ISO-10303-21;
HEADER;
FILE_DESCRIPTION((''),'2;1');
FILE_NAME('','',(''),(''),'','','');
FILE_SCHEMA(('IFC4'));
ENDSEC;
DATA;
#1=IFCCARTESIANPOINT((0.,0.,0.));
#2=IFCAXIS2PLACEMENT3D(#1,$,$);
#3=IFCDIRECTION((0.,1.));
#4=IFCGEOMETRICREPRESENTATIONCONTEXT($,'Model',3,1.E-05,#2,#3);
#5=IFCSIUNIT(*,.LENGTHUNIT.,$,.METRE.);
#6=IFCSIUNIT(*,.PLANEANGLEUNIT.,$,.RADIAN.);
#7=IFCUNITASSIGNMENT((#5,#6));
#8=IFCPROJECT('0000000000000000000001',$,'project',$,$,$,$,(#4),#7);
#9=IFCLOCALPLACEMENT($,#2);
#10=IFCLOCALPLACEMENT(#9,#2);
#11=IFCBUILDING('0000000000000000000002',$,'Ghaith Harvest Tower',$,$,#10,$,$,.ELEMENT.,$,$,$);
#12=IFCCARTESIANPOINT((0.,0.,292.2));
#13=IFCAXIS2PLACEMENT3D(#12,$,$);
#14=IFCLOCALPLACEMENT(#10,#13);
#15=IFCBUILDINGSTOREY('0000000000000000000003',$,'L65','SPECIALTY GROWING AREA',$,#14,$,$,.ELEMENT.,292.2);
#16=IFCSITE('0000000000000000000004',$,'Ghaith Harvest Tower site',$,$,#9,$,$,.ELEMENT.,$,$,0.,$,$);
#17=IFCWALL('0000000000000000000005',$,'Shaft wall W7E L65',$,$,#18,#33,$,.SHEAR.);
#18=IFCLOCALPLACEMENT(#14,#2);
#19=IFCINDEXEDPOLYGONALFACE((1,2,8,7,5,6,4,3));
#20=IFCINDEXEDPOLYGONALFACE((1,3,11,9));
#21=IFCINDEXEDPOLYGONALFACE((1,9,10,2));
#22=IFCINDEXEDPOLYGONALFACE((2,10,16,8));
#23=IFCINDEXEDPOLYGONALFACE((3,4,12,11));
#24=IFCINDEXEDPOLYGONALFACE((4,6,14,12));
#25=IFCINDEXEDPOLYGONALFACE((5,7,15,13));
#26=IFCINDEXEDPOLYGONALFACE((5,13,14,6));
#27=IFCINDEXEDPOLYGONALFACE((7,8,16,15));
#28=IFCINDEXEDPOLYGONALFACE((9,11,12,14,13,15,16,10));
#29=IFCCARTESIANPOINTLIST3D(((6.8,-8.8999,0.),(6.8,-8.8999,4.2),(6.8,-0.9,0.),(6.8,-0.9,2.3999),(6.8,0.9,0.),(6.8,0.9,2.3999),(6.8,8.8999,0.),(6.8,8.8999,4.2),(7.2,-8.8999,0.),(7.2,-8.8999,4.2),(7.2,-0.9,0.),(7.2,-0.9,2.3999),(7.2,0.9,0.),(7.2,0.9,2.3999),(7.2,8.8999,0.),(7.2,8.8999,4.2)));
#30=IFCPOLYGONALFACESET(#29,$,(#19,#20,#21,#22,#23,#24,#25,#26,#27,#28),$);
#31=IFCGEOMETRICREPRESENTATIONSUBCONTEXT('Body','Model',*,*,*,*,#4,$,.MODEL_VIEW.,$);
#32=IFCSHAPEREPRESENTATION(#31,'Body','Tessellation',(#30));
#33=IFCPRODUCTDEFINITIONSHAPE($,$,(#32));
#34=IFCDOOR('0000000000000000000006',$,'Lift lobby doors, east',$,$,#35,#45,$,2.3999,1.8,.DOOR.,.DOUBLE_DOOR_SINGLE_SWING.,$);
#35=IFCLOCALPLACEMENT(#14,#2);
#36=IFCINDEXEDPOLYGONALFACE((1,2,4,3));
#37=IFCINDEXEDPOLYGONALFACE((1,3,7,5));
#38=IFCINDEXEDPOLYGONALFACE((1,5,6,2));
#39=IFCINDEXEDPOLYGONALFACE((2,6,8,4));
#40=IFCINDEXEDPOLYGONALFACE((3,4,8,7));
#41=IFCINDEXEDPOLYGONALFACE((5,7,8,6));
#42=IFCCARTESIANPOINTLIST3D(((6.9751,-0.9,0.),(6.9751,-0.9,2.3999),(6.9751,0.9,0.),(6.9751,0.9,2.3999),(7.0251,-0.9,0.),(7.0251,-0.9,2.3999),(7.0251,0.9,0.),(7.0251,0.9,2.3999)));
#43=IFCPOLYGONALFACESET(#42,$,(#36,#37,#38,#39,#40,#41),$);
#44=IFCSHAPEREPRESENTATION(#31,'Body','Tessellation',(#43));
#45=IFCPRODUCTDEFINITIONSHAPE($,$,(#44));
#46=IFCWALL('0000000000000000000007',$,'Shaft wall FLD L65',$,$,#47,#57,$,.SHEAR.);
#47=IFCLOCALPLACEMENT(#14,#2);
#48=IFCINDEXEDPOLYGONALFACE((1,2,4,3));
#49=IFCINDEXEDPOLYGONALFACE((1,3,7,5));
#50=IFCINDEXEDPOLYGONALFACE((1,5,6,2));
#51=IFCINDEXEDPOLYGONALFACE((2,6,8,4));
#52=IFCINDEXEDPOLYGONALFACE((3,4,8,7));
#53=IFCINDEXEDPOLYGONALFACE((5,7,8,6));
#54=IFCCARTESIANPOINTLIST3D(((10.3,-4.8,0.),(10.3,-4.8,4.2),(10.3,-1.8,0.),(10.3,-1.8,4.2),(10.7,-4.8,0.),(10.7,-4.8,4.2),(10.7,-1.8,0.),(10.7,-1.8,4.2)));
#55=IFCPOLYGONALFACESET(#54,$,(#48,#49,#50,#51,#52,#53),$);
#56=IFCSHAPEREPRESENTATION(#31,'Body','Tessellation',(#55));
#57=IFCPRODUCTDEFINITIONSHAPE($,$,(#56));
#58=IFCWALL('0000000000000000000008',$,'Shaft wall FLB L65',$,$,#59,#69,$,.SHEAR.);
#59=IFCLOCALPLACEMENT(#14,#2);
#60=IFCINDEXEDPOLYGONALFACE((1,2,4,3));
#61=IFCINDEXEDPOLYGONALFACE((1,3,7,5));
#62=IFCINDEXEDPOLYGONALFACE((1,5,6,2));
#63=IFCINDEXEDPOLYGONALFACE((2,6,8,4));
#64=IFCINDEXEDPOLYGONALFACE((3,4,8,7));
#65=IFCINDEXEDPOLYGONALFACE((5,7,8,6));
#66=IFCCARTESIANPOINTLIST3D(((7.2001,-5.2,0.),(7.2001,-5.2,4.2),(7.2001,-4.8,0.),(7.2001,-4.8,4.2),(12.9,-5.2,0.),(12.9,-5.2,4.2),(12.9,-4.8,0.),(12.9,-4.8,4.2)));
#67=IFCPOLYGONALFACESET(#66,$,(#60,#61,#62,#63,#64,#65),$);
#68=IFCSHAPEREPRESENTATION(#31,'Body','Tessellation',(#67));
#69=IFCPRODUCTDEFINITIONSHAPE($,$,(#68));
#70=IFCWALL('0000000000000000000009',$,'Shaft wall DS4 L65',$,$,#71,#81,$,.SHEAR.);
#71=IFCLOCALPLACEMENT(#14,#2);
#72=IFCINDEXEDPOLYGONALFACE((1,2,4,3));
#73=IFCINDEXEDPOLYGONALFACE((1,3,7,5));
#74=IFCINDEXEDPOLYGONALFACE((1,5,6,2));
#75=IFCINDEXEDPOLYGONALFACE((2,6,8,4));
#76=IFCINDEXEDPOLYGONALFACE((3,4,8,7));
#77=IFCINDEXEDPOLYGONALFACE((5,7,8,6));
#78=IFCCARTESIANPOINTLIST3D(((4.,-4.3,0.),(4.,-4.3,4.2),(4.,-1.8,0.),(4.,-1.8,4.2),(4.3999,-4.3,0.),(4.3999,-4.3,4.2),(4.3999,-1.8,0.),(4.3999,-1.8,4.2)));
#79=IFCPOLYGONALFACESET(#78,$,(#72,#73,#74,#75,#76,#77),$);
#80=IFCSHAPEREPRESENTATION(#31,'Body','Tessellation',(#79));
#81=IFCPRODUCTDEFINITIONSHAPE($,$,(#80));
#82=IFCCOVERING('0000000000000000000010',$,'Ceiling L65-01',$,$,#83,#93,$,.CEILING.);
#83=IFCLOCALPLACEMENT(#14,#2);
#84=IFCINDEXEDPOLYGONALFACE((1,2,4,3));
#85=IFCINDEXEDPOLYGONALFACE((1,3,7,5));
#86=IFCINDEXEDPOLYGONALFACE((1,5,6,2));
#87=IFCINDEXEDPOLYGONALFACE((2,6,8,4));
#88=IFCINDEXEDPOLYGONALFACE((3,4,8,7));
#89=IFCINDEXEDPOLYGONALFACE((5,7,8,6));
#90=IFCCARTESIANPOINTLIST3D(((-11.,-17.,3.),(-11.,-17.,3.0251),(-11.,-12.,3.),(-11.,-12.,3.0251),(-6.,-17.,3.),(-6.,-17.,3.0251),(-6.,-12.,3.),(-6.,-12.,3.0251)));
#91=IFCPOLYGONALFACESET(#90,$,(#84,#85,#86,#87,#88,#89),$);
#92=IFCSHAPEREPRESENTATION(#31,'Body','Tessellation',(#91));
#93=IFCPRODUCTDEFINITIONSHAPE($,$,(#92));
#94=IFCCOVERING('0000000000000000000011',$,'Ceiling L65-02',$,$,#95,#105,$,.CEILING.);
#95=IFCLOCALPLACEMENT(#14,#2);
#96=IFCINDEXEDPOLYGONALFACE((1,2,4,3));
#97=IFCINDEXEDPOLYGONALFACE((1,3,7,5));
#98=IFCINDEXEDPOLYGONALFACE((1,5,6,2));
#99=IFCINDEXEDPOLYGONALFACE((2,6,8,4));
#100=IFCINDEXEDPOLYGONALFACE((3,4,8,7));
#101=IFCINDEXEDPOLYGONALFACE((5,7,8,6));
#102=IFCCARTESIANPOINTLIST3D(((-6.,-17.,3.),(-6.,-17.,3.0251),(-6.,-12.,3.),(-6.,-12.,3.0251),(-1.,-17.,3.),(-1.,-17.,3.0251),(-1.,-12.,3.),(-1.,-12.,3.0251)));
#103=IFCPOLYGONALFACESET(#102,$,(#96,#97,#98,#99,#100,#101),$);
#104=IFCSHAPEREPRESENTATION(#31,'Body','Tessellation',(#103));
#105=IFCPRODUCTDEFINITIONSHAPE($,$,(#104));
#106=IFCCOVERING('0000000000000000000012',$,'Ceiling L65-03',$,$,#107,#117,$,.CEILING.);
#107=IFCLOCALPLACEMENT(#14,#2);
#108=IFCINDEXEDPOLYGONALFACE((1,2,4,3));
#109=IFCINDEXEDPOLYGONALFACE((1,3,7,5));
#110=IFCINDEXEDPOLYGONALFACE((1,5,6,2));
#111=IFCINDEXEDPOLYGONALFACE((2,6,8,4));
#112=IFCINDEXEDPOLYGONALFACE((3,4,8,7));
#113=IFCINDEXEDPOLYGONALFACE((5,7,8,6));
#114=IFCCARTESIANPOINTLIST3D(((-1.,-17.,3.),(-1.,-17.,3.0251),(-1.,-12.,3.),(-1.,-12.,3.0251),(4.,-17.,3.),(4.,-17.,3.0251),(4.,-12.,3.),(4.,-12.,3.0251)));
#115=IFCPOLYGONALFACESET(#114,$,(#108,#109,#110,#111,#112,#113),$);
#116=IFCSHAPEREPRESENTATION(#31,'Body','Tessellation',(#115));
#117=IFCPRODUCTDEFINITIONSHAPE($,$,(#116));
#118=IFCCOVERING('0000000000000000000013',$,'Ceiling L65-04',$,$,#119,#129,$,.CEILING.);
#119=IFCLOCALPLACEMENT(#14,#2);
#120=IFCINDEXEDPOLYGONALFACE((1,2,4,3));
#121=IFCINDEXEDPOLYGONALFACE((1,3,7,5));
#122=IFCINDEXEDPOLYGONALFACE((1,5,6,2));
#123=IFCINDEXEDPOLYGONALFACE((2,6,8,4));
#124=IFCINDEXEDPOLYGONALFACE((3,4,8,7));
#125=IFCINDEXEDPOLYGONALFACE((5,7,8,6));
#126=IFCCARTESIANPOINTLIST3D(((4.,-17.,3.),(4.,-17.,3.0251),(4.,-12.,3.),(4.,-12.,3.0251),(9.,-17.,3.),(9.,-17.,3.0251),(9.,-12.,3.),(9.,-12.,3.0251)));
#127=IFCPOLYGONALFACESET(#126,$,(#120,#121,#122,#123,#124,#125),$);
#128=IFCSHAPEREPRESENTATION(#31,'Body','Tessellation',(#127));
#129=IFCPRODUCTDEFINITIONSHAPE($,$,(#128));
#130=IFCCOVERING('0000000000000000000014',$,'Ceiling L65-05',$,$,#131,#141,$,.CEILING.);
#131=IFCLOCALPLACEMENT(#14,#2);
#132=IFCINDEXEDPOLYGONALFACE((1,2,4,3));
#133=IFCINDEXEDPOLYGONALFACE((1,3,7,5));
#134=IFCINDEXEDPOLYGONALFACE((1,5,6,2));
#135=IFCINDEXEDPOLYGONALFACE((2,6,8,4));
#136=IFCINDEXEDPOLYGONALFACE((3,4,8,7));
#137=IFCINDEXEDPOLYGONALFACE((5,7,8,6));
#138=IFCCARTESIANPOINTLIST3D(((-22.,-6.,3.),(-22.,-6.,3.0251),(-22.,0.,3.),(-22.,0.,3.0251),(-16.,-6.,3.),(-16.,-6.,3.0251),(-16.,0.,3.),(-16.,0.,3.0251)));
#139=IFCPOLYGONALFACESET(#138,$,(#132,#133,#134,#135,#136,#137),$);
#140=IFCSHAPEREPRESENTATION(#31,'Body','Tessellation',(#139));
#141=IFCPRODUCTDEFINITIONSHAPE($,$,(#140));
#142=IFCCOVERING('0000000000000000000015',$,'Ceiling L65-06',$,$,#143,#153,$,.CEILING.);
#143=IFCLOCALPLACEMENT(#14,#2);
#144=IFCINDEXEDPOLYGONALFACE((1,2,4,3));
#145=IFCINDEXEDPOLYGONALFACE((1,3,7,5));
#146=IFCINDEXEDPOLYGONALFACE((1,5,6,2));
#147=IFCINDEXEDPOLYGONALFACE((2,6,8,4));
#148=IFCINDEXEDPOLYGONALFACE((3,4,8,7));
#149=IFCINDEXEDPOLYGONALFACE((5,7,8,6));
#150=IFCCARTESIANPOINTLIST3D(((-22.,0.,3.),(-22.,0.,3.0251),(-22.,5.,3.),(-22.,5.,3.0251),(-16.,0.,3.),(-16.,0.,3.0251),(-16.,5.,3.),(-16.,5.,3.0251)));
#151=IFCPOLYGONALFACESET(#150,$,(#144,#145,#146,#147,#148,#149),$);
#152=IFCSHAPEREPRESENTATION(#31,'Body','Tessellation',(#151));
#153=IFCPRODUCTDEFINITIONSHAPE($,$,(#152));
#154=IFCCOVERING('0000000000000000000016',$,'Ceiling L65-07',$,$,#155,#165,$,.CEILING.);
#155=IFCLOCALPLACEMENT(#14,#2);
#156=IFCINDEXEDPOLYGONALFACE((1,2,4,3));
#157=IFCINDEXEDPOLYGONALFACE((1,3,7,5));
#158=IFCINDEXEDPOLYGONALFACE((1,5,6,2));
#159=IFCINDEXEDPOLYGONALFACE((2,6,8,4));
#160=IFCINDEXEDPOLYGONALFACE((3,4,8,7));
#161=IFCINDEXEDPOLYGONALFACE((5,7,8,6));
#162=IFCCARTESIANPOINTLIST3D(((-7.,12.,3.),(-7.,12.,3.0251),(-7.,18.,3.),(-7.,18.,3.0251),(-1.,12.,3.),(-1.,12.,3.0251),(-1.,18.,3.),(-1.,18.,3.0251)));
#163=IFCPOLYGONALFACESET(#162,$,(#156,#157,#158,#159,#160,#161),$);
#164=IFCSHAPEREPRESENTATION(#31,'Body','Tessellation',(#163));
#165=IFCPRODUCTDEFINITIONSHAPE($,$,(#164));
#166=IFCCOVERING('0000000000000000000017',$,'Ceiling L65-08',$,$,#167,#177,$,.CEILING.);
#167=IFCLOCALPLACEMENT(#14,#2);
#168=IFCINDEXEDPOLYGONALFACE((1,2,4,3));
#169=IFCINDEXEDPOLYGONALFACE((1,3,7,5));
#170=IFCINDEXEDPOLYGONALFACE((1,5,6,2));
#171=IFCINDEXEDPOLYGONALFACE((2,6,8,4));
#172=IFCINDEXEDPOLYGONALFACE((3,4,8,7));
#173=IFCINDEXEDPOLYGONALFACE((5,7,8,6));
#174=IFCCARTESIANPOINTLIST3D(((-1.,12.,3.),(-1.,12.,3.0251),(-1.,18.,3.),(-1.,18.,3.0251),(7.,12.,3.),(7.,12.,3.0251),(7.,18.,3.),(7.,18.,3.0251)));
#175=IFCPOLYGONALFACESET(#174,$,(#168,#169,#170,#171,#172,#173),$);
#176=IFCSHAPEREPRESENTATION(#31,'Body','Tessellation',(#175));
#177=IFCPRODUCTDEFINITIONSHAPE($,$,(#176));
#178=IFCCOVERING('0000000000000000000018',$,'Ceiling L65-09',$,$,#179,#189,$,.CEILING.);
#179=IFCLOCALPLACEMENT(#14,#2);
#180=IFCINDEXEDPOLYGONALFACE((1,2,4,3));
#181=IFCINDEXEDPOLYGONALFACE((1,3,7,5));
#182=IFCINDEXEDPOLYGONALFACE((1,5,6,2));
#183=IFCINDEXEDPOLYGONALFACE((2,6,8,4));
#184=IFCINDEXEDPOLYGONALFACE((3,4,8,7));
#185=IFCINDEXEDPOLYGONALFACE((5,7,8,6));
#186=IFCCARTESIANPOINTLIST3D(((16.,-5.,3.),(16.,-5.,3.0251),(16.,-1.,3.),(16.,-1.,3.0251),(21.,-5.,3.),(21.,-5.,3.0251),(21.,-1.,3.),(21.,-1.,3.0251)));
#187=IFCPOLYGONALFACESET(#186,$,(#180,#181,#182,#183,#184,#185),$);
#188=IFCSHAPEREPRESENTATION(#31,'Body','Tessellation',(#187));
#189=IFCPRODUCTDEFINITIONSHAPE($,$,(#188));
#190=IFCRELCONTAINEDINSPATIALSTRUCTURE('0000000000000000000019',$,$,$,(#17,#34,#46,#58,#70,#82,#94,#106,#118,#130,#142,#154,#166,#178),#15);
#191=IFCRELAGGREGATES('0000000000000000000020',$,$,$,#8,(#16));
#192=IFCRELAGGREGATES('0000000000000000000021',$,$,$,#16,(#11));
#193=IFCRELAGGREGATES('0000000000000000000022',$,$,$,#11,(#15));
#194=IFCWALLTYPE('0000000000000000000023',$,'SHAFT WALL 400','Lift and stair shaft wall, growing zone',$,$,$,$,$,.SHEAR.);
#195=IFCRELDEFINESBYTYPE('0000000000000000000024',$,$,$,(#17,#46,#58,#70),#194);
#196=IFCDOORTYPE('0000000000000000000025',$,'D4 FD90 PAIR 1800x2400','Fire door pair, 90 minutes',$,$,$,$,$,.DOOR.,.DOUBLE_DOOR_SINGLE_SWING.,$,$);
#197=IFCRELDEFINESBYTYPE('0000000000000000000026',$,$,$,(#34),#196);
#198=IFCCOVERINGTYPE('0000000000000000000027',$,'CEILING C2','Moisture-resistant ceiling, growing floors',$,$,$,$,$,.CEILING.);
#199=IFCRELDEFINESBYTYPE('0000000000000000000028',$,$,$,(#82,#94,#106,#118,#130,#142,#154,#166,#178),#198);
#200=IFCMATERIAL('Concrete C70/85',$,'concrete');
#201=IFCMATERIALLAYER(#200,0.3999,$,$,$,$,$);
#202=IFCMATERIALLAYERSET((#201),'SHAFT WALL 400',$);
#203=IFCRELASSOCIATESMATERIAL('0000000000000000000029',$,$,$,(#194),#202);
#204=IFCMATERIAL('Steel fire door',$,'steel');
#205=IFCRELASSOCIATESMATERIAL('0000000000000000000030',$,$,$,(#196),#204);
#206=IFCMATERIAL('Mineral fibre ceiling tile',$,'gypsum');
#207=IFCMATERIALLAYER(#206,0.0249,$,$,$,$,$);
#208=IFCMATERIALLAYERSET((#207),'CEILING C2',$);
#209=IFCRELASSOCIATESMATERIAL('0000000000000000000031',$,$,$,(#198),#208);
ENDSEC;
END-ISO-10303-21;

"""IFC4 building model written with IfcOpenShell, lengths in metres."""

from ifc_helpers import new_model, si_unit, direction, frame, frame_2d, origin, place, context, subcontext, project, spatial, polyline, rectangle, outline, extrude, material, layer, layer_set, type_object, element, fill, save


model = new_model("IFC4")

# Units and contexts
model_context = context("Model", 3, precision=1e-05, world=origin(), true_north=direction((0.0, 1.0)))
body_context = subcontext(model_context, "Body", "Model", "MODEL_VIEW")
ifc_project = project(units=[si_unit("LENGTHUNIT", "METRE"), si_unit("PLANEANGLEUNIT", "RADIAN")], contexts=[model_context])

# Site, building, storey
site_placement = place(None, origin())
site = spatial("IfcSite", under=ifc_project, at=site_placement, Name="Ghaith Harvest Tower site", CompositionType="ELEMENT", RefElevation=0.0)
building_placement = place(site_placement, origin())
building = spatial("IfcBuilding", under=site, at=building_placement, Name="Ghaith Harvest Tower", CompositionType="ELEMENT")
storey_placement = place(building_placement, frame((0.0, 0.0, 292.2)))
storey = spatial("IfcBuildingStorey", under=building, at=storey_placement, Name="L65", Description="SPECIALTY GROWING AREA", CompositionType="ELEMENT", Elevation=292.2)

# Wall, opening, door
ifc_material_1 = material(Name="Concrete C70/85", Category="concrete")
ifc_layer_1 = layer(ifc_material_1, 0.3999)
ifc_layer_set_1 = layer_set([ifc_layer_1], Name="SHAFT WALL 400")
wall_type_1 = type_object("IfcWallType", Name="SHAFT WALL 400", Description="Lift and stair shaft wall, growing zone", PredefinedType="SHEAR", material=ifc_layer_set_1)
wall_1_placement = place(storey_placement, frame((7.0, -8.8999, 0.0), z_axis=(0.0, 0.0, 1.0), x_axis=(0.0, 1.0, 0.0)))
wall_1 = element("IfcWall", 1, at=wall_1_placement, inside=storey, type_object=wall_type_1, Name="Shaft wall W7E L65", PredefinedType="SHEAR", context=body_context, shape_type="SweptSolid", body=[
    extrude(rectangle(XDim=17.7998, YDim=0.3999, at=frame_2d((8.8999, 0.0))), origin(), (0.0, 0.0, 1.0), 4.2),
])
opening_1_placement = place(wall_1_placement, frame((8.0, 0.0, 0.0)))
opening_1 = element("IfcOpeningElement", 2, at=opening_1_placement, cuts=wall_1, PredefinedType="OPENING", context=body_context, shape_type="SweptSolid", body=[
    extrude(rectangle(XDim=1.8, YDim=2.3999, at=frame_2d((0.8999, 1.2))), frame((0.0, 0.21, 0.0), z_axis=(0.0, -1.0, 0.0), x_axis=(1.0, 0.0, 0.0)), (0.0, 0.0, 1.0), 0.4199),
])
ifc_material_2 = material(Name="Steel fire door", Category="steel")
door_type_1 = type_object("IfcDoorType", Name="D4 FD90 PAIR 1800x2400", Description="Fire door pair, 90 minutes", OperationType="DOUBLE_DOOR_SINGLE_SWING", PredefinedType="DOOR", material=ifc_material_2)
door_1_placement = place(opening_1_placement, origin())
door_1 = element("IfcDoor", 3, at=door_1_placement, inside=storey, type_object=door_type_1, Name="Lift lobby doors, east", OperationType="DOUBLE_DOOR_SINGLE_SWING", OverallHeight=2.3999, OverallWidth=1.8, PredefinedType="DOOR", context=body_context, shape_type="SweptSolid", body=[
    extrude(rectangle(XDim=1.8, YDim=2.3999, at=frame_2d((0.8999, 1.2))), frame((0.0, 0.0249, 0.0), z_axis=(0.0, -1.0, 0.0), x_axis=(1.0, 0.0, 0.0)), (0.0, 0.0, 1.0), 0.05),
])
fill(opening_1, door_1)

# Walls
wall_2_placement = place(storey_placement, frame((10.5, -4.8, 0.0), z_axis=(0.0, 0.0, 1.0), x_axis=(0.0, 1.0, 0.0)))
element("IfcWall", 4, at=wall_2_placement, inside=storey, type_object=wall_type_1, Name="Shaft wall FLD L65", PredefinedType="SHEAR", context=body_context, shape_type="SweptSolid", body=[
    extrude(rectangle(XDim=3.0, YDim=0.3999, at=frame_2d((1.5, 0.0))), origin(), (0.0, 0.0, 1.0), 4.2),
])
wall_3_placement = place(storey_placement, frame((7.2, -5.0, 0.0), z_axis=(0.0, 0.0, 1.0), x_axis=(1.0, 0.0, 0.0)))
element("IfcWall", 5, at=wall_3_placement, inside=storey, type_object=wall_type_1, Name="Shaft wall FLB L65", PredefinedType="SHEAR", context=body_context, shape_type="SweptSolid", body=[
    extrude(rectangle(XDim=5.7, YDim=0.3999, at=frame_2d((2.8501, 0.0))), origin(), (0.0, 0.0, 1.0), 4.2),
])
wall_4_placement = place(storey_placement, frame((4.2, -4.3, 0.0), z_axis=(0.0, 0.0, 1.0), x_axis=(0.0, 1.0, 0.0)))
element("IfcWall", 6, at=wall_4_placement, inside=storey, type_object=wall_type_1, Name="Shaft wall DS4 L65", PredefinedType="SHEAR", context=body_context, shape_type="SweptSolid", body=[
    extrude(rectangle(XDim=2.5, YDim=0.3999, at=frame_2d((1.25, 0.0))), origin(), (0.0, 0.0, 1.0), 4.2),
])

# Coverings
ifc_material_3 = material(Name="Mineral fibre ceiling tile", Category="gypsum")
ifc_layer_2 = layer(ifc_material_3, 0.0249)
ifc_layer_set_2 = layer_set([ifc_layer_2], Name="CEILING C2")
covering_type = type_object("IfcCoveringType", Name="CEILING C2", Description="Moisture-resistant ceiling, growing floors", PredefinedType="CEILING", material=ifc_layer_set_2)
covering_1_placement = place(storey_placement, frame((0.0, 0.0, 3.0)))
element("IfcCovering", 7, at=covering_1_placement, inside=storey, type_object=covering_type, Name="Ceiling L65-01", PredefinedType="CEILING", context=body_context, shape_type="SweptSolid", body=[
    extrude(outline(polyline([(-11.0, -17.0), (-6.0, -17.0), (-6.0, -12.0), (-11.0, -12.0), (-11.0, -17.0)])), origin(), (0.0, 0.0, 1.0), 0.0251),
])
covering_2_placement = place(storey_placement, frame((0.0, 0.0, 3.0)))
element("IfcCovering", 8, at=covering_2_placement, inside=storey, type_object=covering_type, Name="Ceiling L65-02", PredefinedType="CEILING", context=body_context, shape_type="SweptSolid", body=[
    extrude(outline(polyline([(-6.0, -17.0), (-1.0, -17.0), (-1.0, -12.0), (-6.0, -12.0), (-6.0, -17.0)])), origin(), (0.0, 0.0, 1.0), 0.0251),
])
covering_3_placement = place(storey_placement, frame((0.0, 0.0, 3.0)))
element("IfcCovering", 9, at=covering_3_placement, inside=storey, type_object=covering_type, Name="Ceiling L65-03", PredefinedType="CEILING", context=body_context, shape_type="SweptSolid", body=[
    extrude(outline(polyline([(-1.0, -17.0), (4.0, -17.0), (4.0, -12.0), (-1.0, -12.0), (-1.0, -17.0)])), origin(), (0.0, 0.0, 1.0), 0.0251),
])
covering_4_placement = place(storey_placement, frame((0.0, 0.0, 3.0)))
element("IfcCovering", 10, at=covering_4_placement, inside=storey, type_object=covering_type, Name="Ceiling L65-04", PredefinedType="CEILING", context=body_context, shape_type="SweptSolid", body=[
    extrude(outline(polyline([(4.0, -17.0), (9.0, -17.0), (9.0, -12.0), (4.0, -12.0), (4.0, -17.0)])), origin(), (0.0, 0.0, 1.0), 0.0251),
])
covering_5_placement = place(storey_placement, frame((0.0, 0.0, 3.0)))
element("IfcCovering", 11, at=covering_5_placement, inside=storey, type_object=covering_type, Name="Ceiling L65-05", PredefinedType="CEILING", context=body_context, shape_type="SweptSolid", body=[
    extrude(outline(polyline([(-22.0, -6.0), (-16.0, -6.0), (-16.0, 0.0), (-22.0, 0.0), (-22.0, -6.0)])), origin(), (0.0, 0.0, 1.0), 0.0251),
])
covering_6_placement = place(storey_placement, frame((0.0, 0.0, 3.0)))
element("IfcCovering", 12, at=covering_6_placement, inside=storey, type_object=covering_type, Name="Ceiling L65-06", PredefinedType="CEILING", context=body_context, shape_type="SweptSolid", body=[
    extrude(outline(polyline([(-22.0, 0.0), (-16.0, 0.0), (-16.0, 5.0), (-22.0, 5.0), (-22.0, 0.0)])), origin(), (0.0, 0.0, 1.0), 0.0251),
])
covering_7_placement = place(storey_placement, frame((0.0, 0.0, 3.0)))
element("IfcCovering", 13, at=covering_7_placement, inside=storey, type_object=covering_type, Name="Ceiling L65-07", PredefinedType="CEILING", context=body_context, shape_type="SweptSolid", body=[
    extrude(outline(polyline([(-7.0, 12.0), (-1.0, 12.0), (-1.0, 18.0), (-7.0, 18.0), (-7.0, 12.0)])), origin(), (0.0, 0.0, 1.0), 0.0251),
])
covering_8_placement = place(storey_placement, frame((0.0, 0.0, 3.0)))
element("IfcCovering", 14, at=covering_8_placement, inside=storey, type_object=covering_type, Name="Ceiling L65-08", PredefinedType="CEILING", context=body_context, shape_type="SweptSolid", body=[
    extrude(outline(polyline([(-1.0, 12.0), (7.0, 12.0), (7.0, 18.0), (-1.0, 18.0), (-1.0, 12.0)])), origin(), (0.0, 0.0, 1.0), 0.0251),
])
covering_9_placement = place(storey_placement, frame((0.0, 0.0, 3.0)))
element("IfcCovering", 15, at=covering_9_placement, inside=storey, type_object=covering_type, Name="Ceiling L65-09", PredefinedType="CEILING", context=body_context, shape_type="SweptSolid", body=[
    extrude(outline(polyline([(16.0, -5.0), (21.0, -5.0), (21.0, -1.0), (16.0, -1.0), (16.0, -5.0)])), origin(), (0.0, 0.0, 1.0), 0.0251),
])

save(model, "model.ifc")
